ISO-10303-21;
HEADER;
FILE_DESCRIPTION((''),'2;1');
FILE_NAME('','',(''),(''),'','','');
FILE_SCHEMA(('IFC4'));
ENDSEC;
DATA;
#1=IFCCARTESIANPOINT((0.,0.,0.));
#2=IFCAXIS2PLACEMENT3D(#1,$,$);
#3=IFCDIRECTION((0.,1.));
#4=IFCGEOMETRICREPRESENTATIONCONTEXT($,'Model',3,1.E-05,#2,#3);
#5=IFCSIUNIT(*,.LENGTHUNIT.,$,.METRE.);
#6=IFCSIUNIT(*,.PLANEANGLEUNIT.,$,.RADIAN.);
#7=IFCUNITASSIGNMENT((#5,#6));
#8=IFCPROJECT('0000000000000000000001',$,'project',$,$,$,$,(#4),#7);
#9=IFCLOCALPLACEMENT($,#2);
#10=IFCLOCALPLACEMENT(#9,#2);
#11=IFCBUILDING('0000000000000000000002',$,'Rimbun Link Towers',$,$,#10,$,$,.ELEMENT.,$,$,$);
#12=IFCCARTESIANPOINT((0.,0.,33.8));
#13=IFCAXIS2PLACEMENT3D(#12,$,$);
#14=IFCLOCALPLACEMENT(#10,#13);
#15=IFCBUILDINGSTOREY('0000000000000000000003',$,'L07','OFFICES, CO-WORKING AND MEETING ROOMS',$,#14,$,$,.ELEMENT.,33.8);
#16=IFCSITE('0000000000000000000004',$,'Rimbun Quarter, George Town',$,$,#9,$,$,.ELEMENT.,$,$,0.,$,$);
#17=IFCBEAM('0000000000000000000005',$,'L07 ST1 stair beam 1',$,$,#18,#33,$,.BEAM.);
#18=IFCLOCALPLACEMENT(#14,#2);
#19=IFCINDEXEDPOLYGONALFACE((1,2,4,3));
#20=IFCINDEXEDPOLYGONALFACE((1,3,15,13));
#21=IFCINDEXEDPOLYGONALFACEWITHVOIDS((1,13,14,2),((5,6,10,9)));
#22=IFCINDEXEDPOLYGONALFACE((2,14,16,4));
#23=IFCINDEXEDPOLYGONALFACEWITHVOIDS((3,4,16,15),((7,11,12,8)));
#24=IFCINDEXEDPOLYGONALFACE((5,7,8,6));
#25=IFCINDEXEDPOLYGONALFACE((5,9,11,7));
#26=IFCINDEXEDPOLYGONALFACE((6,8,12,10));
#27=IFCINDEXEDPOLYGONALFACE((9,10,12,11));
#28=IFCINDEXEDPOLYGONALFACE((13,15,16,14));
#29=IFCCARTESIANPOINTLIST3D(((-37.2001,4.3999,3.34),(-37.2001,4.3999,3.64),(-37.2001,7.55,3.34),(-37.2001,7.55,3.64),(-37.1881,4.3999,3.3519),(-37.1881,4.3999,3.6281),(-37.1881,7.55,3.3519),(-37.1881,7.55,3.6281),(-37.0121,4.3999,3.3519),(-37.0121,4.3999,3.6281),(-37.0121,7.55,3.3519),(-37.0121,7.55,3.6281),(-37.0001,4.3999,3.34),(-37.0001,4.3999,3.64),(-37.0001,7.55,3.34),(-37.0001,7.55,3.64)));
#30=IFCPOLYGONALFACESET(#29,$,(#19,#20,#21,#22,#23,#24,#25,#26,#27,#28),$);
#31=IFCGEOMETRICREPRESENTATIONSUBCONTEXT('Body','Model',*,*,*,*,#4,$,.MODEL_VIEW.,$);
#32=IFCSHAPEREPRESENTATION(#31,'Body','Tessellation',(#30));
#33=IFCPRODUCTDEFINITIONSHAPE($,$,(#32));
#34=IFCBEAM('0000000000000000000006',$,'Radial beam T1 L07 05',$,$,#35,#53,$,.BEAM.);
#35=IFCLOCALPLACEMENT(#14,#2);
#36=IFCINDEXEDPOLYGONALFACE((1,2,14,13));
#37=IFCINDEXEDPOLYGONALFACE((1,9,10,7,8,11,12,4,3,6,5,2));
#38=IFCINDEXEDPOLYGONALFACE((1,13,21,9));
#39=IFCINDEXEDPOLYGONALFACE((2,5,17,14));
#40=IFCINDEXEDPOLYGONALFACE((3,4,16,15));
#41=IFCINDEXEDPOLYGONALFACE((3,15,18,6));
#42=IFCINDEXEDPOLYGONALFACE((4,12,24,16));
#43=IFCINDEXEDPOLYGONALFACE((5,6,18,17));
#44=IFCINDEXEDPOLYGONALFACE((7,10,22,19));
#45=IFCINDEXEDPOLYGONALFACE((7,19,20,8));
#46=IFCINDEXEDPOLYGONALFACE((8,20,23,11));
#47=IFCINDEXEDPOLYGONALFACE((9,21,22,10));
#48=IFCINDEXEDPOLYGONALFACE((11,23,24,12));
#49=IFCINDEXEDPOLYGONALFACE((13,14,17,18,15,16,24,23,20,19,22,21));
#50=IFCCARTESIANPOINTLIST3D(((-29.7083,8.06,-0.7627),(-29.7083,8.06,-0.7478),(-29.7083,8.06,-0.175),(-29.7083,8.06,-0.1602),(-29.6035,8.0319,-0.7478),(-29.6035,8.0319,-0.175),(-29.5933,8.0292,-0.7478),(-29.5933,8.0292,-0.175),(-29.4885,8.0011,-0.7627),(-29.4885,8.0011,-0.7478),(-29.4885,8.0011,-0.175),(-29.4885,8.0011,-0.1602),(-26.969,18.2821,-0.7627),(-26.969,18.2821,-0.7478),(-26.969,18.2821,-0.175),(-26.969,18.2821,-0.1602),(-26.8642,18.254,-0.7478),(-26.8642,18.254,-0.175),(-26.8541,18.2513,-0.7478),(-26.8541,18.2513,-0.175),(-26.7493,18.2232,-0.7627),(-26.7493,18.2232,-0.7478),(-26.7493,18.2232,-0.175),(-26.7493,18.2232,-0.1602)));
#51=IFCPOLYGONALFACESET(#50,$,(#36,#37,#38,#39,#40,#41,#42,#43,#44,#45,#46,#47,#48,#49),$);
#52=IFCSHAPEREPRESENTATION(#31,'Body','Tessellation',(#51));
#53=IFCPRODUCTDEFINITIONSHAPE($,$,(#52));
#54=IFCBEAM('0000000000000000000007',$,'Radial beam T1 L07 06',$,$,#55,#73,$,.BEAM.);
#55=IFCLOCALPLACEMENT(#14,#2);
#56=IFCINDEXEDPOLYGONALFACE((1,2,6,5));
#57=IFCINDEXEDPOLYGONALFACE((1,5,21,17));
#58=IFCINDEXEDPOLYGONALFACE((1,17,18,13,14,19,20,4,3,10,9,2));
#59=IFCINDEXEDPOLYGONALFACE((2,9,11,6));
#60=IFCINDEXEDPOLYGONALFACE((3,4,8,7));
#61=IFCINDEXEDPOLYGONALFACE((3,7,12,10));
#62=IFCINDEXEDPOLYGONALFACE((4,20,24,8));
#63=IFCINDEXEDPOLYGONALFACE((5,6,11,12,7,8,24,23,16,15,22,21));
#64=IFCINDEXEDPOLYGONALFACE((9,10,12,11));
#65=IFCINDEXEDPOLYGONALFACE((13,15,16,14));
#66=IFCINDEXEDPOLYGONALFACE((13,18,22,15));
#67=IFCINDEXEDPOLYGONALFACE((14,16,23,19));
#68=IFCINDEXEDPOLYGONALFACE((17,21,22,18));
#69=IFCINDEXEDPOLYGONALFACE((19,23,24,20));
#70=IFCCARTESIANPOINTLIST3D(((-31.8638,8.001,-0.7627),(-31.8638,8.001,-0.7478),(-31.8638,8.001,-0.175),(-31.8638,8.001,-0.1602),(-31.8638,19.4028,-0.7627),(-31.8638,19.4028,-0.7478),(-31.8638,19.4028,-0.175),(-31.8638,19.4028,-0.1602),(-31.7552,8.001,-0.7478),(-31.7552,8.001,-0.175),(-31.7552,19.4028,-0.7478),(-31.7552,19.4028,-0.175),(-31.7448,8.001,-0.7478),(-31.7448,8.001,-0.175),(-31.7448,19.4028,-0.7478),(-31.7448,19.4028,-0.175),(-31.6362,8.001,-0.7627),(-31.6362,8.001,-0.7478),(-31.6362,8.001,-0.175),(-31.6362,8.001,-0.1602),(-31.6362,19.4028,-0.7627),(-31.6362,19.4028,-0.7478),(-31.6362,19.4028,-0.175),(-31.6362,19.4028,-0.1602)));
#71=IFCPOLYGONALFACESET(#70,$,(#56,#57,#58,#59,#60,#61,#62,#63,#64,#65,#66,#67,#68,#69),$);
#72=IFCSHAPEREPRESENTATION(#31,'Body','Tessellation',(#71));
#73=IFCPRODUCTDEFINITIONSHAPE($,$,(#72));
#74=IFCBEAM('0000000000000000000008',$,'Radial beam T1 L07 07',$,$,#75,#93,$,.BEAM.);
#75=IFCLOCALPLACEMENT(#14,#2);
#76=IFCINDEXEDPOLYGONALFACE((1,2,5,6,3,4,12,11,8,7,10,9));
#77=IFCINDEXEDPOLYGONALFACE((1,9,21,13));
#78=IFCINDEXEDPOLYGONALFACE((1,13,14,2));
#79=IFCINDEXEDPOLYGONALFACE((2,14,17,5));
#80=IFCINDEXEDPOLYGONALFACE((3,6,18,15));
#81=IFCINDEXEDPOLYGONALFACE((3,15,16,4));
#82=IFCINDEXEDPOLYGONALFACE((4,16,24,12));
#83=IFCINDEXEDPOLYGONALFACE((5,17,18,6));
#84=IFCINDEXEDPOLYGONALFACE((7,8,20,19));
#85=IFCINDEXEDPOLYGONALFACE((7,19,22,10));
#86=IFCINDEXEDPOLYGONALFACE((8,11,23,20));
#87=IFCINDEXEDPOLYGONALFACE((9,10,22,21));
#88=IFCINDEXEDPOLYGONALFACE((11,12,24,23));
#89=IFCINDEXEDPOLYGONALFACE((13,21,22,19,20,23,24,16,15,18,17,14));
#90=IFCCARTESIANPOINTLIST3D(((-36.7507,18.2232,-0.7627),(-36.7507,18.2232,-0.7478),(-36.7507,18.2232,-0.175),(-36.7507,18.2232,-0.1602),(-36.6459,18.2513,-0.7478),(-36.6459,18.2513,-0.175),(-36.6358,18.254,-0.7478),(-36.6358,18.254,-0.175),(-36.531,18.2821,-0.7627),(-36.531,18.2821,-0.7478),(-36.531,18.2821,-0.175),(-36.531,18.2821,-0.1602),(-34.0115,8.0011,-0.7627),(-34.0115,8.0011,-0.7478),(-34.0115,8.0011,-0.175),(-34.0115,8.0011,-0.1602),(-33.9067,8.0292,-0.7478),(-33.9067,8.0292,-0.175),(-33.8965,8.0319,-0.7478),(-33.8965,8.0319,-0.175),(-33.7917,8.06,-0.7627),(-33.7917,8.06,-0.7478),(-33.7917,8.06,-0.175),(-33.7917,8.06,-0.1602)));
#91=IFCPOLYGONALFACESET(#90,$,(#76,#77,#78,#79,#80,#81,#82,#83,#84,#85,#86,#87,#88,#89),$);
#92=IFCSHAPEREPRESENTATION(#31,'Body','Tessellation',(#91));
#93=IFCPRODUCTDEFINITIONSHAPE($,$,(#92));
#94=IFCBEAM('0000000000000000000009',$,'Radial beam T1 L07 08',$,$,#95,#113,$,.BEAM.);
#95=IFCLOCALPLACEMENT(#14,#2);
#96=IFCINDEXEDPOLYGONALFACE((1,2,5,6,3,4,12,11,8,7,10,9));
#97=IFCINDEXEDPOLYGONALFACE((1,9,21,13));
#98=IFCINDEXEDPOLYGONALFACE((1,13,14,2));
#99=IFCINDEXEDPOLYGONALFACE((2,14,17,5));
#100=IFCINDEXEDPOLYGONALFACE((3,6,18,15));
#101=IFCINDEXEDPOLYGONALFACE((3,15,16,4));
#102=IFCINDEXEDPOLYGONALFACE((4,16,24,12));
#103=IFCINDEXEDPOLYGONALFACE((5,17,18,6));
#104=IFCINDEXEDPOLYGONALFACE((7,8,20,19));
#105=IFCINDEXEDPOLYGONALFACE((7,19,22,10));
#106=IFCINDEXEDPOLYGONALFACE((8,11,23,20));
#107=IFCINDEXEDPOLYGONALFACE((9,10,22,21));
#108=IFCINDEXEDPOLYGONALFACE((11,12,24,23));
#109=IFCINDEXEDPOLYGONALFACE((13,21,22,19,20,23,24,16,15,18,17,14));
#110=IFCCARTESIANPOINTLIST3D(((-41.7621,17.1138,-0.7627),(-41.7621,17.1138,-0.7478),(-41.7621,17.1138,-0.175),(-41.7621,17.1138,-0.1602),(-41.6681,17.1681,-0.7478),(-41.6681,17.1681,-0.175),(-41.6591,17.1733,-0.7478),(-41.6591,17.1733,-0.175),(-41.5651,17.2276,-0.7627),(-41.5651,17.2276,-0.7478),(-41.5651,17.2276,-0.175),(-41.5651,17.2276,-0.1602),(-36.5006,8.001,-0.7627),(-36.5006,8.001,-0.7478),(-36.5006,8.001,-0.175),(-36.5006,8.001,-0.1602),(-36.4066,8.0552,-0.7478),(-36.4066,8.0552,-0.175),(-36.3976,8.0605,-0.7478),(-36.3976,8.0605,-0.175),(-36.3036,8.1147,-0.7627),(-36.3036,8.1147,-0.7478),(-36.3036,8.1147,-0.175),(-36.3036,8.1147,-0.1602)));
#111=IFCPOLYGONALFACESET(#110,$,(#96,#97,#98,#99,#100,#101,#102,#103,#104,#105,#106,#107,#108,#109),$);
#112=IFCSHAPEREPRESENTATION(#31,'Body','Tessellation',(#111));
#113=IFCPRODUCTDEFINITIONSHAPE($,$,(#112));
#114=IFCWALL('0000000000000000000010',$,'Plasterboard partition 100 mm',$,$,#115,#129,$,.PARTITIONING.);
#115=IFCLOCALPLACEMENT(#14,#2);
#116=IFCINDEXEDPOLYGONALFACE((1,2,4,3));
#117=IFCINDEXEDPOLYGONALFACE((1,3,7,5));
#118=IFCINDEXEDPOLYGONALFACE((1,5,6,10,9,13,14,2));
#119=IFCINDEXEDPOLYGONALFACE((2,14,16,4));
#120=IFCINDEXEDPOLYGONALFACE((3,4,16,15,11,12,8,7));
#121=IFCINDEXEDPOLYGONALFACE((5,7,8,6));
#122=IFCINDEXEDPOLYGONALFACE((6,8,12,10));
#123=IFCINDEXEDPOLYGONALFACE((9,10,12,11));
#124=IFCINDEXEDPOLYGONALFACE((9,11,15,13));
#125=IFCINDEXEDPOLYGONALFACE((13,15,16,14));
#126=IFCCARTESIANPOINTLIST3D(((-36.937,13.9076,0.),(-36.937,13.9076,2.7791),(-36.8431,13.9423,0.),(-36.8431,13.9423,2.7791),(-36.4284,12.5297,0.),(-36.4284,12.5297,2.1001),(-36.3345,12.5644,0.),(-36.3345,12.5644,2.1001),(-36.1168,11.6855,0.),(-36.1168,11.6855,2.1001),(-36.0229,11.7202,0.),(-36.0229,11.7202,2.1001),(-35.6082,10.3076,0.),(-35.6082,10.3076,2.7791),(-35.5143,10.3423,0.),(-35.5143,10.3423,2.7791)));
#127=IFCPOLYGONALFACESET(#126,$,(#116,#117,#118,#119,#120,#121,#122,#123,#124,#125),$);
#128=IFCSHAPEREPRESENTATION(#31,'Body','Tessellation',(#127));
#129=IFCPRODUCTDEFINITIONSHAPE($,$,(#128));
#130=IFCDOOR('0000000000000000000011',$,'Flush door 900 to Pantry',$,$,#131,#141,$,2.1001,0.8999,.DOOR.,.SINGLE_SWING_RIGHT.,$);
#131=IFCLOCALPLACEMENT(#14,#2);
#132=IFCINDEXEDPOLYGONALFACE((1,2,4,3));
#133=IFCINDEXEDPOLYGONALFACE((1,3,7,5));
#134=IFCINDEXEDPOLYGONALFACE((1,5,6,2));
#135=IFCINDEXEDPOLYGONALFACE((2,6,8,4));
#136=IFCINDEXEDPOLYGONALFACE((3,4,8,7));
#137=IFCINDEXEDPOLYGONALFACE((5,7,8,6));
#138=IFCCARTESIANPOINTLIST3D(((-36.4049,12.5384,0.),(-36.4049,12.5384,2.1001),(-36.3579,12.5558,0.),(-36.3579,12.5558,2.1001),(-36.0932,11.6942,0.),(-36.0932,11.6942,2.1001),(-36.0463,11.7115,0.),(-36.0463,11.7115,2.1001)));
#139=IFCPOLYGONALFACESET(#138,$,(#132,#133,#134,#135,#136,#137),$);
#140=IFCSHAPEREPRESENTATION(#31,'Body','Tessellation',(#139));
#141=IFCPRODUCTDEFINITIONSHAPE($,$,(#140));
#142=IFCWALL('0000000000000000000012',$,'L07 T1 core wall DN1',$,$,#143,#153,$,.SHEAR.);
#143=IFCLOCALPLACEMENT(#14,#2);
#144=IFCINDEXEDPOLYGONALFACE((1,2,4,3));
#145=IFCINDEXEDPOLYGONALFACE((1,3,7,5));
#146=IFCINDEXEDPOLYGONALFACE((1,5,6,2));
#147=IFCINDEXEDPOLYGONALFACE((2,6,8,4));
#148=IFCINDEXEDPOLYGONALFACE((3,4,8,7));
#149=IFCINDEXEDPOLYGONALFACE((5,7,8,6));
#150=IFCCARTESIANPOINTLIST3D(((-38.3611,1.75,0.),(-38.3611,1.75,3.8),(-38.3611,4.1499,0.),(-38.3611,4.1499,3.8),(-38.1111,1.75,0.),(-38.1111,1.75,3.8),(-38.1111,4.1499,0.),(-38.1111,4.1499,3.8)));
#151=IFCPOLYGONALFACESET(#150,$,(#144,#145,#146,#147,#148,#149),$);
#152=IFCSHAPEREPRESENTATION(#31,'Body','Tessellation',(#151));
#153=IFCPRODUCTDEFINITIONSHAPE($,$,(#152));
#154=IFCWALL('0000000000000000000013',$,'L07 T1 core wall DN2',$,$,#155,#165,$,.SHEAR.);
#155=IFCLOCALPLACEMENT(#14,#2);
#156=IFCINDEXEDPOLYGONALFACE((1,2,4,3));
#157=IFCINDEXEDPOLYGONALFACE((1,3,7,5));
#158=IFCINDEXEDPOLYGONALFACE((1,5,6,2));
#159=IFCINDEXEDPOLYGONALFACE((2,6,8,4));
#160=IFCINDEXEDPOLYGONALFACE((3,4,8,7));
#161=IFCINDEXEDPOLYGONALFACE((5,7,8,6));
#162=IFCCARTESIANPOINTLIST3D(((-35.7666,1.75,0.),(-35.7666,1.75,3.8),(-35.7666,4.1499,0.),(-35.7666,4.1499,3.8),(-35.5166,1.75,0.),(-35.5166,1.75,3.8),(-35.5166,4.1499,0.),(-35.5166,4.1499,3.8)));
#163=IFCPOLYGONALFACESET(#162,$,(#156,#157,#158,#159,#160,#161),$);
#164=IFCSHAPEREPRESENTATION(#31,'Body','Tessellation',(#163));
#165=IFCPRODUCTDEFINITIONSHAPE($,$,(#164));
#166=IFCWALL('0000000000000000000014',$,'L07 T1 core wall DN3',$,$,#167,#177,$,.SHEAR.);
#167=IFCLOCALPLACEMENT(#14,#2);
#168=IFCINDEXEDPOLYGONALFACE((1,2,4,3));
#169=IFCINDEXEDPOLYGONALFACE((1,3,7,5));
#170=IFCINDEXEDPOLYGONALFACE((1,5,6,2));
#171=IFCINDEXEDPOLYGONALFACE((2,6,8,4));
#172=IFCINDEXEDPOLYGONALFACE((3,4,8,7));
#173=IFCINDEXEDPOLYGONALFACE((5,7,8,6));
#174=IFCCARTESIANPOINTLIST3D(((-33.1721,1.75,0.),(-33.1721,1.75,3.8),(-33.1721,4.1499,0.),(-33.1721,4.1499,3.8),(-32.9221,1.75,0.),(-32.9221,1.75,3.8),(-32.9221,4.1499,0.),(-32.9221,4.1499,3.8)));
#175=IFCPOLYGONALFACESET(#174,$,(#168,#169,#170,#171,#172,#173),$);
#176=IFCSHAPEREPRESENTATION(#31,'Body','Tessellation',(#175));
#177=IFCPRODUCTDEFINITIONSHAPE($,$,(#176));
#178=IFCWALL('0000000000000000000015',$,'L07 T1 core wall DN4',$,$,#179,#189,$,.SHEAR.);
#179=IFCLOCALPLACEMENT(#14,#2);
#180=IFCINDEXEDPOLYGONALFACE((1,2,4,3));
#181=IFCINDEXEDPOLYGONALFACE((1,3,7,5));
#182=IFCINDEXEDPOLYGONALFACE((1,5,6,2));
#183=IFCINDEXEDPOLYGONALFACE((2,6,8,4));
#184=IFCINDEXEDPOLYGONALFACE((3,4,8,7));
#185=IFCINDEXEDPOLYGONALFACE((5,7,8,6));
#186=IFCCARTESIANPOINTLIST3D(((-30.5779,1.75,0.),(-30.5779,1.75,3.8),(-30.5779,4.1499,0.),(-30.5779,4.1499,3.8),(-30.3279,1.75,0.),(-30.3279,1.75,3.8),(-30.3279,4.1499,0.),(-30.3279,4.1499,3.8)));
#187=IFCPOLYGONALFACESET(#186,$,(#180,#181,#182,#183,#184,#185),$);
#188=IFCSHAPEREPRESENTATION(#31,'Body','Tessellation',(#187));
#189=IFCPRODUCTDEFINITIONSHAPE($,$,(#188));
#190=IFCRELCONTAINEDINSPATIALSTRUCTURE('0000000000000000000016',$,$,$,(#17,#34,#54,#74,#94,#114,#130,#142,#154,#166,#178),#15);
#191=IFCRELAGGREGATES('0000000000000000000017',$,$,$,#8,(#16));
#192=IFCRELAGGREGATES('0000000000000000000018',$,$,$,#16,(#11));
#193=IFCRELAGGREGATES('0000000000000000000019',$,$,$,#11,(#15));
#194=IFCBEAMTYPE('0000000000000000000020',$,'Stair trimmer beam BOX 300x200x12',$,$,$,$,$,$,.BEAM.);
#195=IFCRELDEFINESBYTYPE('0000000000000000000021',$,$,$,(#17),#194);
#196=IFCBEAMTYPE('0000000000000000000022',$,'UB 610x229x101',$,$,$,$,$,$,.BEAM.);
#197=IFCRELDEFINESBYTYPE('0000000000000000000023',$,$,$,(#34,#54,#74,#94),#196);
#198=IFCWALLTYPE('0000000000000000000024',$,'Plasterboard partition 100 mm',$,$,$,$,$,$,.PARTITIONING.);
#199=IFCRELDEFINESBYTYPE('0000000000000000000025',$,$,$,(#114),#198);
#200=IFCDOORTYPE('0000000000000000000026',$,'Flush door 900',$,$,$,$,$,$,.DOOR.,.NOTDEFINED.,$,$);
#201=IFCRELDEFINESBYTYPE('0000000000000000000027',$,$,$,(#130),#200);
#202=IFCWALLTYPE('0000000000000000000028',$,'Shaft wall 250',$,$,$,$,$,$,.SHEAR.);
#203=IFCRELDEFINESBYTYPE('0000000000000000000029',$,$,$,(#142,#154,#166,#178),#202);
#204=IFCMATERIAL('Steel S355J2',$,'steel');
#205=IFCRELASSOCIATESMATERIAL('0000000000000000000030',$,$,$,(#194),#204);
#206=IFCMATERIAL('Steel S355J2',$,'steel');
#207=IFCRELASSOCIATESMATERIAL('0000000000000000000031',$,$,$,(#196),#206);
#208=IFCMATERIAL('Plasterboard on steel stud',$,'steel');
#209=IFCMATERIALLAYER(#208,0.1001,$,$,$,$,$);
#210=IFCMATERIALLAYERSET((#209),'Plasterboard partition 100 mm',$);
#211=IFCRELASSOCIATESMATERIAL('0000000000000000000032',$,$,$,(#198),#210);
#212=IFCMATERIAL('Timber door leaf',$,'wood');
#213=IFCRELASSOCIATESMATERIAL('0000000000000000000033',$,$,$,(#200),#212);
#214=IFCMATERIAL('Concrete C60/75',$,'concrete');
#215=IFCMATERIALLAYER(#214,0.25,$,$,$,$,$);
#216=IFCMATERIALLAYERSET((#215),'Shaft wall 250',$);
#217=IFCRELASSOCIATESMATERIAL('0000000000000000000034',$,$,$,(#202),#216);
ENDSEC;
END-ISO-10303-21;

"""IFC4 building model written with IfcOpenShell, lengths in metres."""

from ifc_helpers import new_model, si_unit, direction, frame, frame_2d, origin, origin_2d, place, context, subcontext, project, spatial, rectangle, hollow_rectangle, i_section, extrude, material, layer, layer_set, material_profile, profile_set, type_object, element, fill, save


model = new_model("IFC4")

# Units and contexts
model_context = context("Model", 3, precision=1e-05, world=origin(), true_north=direction((0.0, 1.0)))
body_context = subcontext(model_context, "Body", "Model", "MODEL_VIEW")
ifc_project = project(units=[si_unit("LENGTHUNIT", "METRE"), si_unit("PLANEANGLEUNIT", "RADIAN")], contexts=[model_context])

# Site, building, storey
site_placement = place(None, origin())
site = spatial("IfcSite", under=ifc_project, at=site_placement, Name="Rimbun Quarter, George Town", CompositionType="ELEMENT", RefElevation=0.0)
building_placement = place(site_placement, origin())
building = spatial("IfcBuilding", under=site, at=building_placement, Name="Rimbun Link Towers", CompositionType="ELEMENT")
storey_placement = place(building_placement, frame((0.0, 0.0, 33.8)))
storey = spatial("IfcBuildingStorey", under=building, at=storey_placement, Name="L07", Description="OFFICES, CO-WORKING AND MEETING ROOMS", CompositionType="ELEMENT", Elevation=33.8)

# Beams
ifc_material_1 = material(Name="Steel S355J2", Category="steel")
ifc_material_profile_1 = material_profile(ifc_material_1, hollow_rectangle(XDim=0.2, YDim=0.3, WallThickness=0.012, at=origin_2d()), Name="BOX 300x200x12")
ifc_profile_set_1 = profile_set([ifc_material_profile_1], Name="Steel S355J2")
beam_type_1 = type_object("IfcBeamType", Name="Stair trimmer beam BOX 300x200x12", PredefinedType="BEAM", material=ifc_profile_set_1)
beam_1_placement = place(storey_placement, frame((-37.1001, 7.55, 3.49), z_axis=(0.0, -1.0, 0.0), x_axis=(1.0, 0.0, 0.0)))
element("IfcBeam", 1, at=beam_1_placement, inside=storey, type_object=beam_type_1, Name="L07 ST1 stair beam 1", PredefinedType="BEAM", context=body_context, shape_type="SweptSolid", body=[
    extrude(hollow_rectangle(XDim=0.2, YDim=0.3, WallThickness=0.012, at=origin_2d()), origin(), (0.0, 0.0, 1.0), 3.1501),
])
ifc_material_2 = material(Name="Steel S355J2", Category="steel")
ifc_material_profile_2 = material_profile(ifc_material_2, i_section(OverallWidth=0.2275, OverallDepth=0.6025, WebThickness=0.0105, FlangeThickness=0.0149, at=origin_2d()), Name="UB 610x229x101")
ifc_profile_set_2 = profile_set([ifc_material_profile_2], Name="Steel S355J2")
beam_type_2 = type_object("IfcBeamType", Name="UB 610x229x101", PredefinedType="BEAM", material=ifc_profile_set_2)
beam_2_placement = place(storey_placement, frame((-29.5984, 8.0305, -0.4614), z_axis=(0.25884, 0.96592, 0.0), x_axis=(-0.96592, 0.25884, 0.0)))
element("IfcBeam", 2, at=beam_2_placement, inside=storey, type_object=beam_type_2, Name="Radial beam T1 L07 05", PredefinedType="BEAM", context=body_context, shape_type="SweptSolid", body=[
    extrude(i_section(OverallWidth=0.2275, OverallDepth=0.6025, WebThickness=0.0105, FlangeThickness=0.0149, at=origin_2d()), origin(), (0.0, 0.0, 1.0), 10.5828),
])
beam_3_placement = place(storey_placement, frame((-31.75, 8.001, -0.4614), z_axis=(0.0, 1.0, 0.0), x_axis=(-1.0, 0.0, 0.0)))
element("IfcBeam", 3, at=beam_3_placement, inside=storey, type_object=beam_type_2, Name="Radial beam T1 L07 06", PredefinedType="BEAM", context=body_context, shape_type="SweptSolid", body=[
    extrude(i_section(OverallWidth=0.2275, OverallDepth=0.6025, WebThickness=0.0105, FlangeThickness=0.0149, at=origin_2d()), origin(), (0.0, 0.0, 1.0), 11.4019),
])
beam_4_placement = place(storey_placement, frame((-33.9016, 8.0305, -0.4614), z_axis=(-0.25884, 0.96592, 0.0), x_axis=(-0.96592, -0.25884, 0.0)))
element("IfcBeam", 4, at=beam_4_placement, inside=storey, type_object=beam_type_2, Name="Radial beam T1 L07 07", PredefinedType="BEAM", context=body_context, shape_type="SweptSolid", body=[
    extrude(i_section(OverallWidth=0.2275, OverallDepth=0.6025, WebThickness=0.0105, FlangeThickness=0.0149, at=origin_2d()), origin(), (0.0, 0.0, 1.0), 10.5828),
])
beam_5_placement = place(storey_placement, frame((-36.4021, 8.0579, -0.4614), z_axis=(-0.500014, 0.866017, 0.0), x_axis=(-0.866017, -0.500014, 0.0)))
element("IfcBeam", 5, at=beam_5_placement, inside=storey, type_object=beam_type_2, Name="Radial beam T1 L07 08", PredefinedType="BEAM", context=body_context, shape_type="SweptSolid", body=[
    extrude(i_section(OverallWidth=0.2275, OverallDepth=0.6025, WebThickness=0.0105, FlangeThickness=0.0149, at=origin_2d()), origin(), (0.0, 0.0, 1.0), 10.5227),
])

# Wall, opening, door
ifc_material_3 = material(Name="Plasterboard on steel stud", Category="steel")
ifc_layer_1 = layer(ifc_material_3, 0.1001)
ifc_layer_set_1 = layer_set([ifc_layer_1], Name="Plasterboard partition 100 mm")
wall_type_1 = type_object("IfcWallType", Name="Plasterboard partition 100 mm", PredefinedType="PARTITIONING", material=ifc_layer_set_1)
wall_1_placement = place(storey_placement, frame((-35.5613, 10.325, 0.0), z_axis=(0.0, 0.0, 1.0), x_axis=(-0.34628, 0.938131, 0.0)))
wall_1 = element("IfcWall", 6, at=wall_1_placement, inside=storey, type_object=wall_type_1, Name="Plasterboard partition 100 mm", PredefinedType="PARTITIONING", context=body_context, shape_type="SweptSolid", body=[
    extrude(rectangle(XDim=3.8374, YDim=0.1001, at=frame_2d((1.9187, 0.0))), origin(), (0.0, 0.0, 1.0), 2.7791),
])
opening_1_placement = place(wall_1_placement, frame((1.4688, 0.0, 0.0)))
opening_1 = element("IfcOpeningElement", 7, at=opening_1_placement, cuts=wall_1, PredefinedType="OPENING", context=body_context, shape_type="SweptSolid", body=[
    extrude(rectangle(XDim=0.8999, YDim=2.1001, at=frame_2d((0.45, 1.05))), frame((0.0, 0.0601, 0.0), z_axis=(0.0, -1.0, 0.0), x_axis=(1.0, 0.0, 0.0)), (0.0, 0.0, 1.0), 0.1201),
])
ifc_material_4 = material(Name="Timber door leaf", Category="wood")
door_type_1 = type_object("IfcDoorType", Name="Flush door 900", OperationType="NOTDEFINED", PredefinedType="DOOR", material=ifc_material_4)
door_1_placement = place(opening_1_placement, origin())
door_1 = element("IfcDoor", 8, at=door_1_placement, inside=storey, type_object=door_type_1, Name="Flush door 900 to Pantry", OperationType="SINGLE_SWING_RIGHT", OverallHeight=2.1001, OverallWidth=0.8999, PredefinedType="DOOR", context=body_context, shape_type="SweptSolid", body=[
    extrude(rectangle(XDim=0.8999, YDim=2.1001, at=frame_2d((0.45, 1.05))), frame((0.0, 0.0249, 0.0), z_axis=(0.0, -1.0, 0.0), x_axis=(1.0, 0.0, 0.0)), (0.0, 0.0, 1.0), 0.05),
])
fill(opening_1, door_1)

# Walls
ifc_material_5 = material(Name="Concrete C60/75", Category="concrete")
ifc_layer_2 = layer(ifc_material_5, 0.25)
ifc_layer_set_2 = layer_set([ifc_layer_2], Name="Shaft wall 250")
wall_type_2 = type_object("IfcWallType", Name="Shaft wall 250", PredefinedType="SHEAR", material=ifc_layer_set_2)
for number, where, z_axis, x_axis, name in (
    (9, (-38.2361, 1.75, 0.0), (0.0, 0.0, 1.0), (0.0, 1.0, 0.0), "L07 T1 core wall DN1"),
    (10, (-35.6416, 1.75, 0.0), (0.0, 0.0, 1.0), (0.0, 1.0, 0.0), "L07 T1 core wall DN2"),
    (11, (-33.0471, 1.75, 0.0), (0.0, 0.0, 1.0), (0.0, 1.0, 0.0), "L07 T1 core wall DN3"),
    (12, (-30.4529, 1.75, 0.0), (0.0, 0.0, 1.0), (0.0, 1.0, 0.0), "L07 T1 core wall DN4"),
):
    element("IfcWall", number, at=place(storey_placement, frame(where, z_axis=z_axis, x_axis=x_axis)), inside=storey, type_object=wall_type_2, Name=name, PredefinedType="SHEAR", context=body_context, shape_type="SweptSolid", body=[
        extrude(rectangle(XDim=2.3999, YDim=0.25, at=frame_2d((1.2, 0.0))), origin(), (0.0, 0.0, 1.0), 3.8),
    ])

save(model, "model.ifc")
